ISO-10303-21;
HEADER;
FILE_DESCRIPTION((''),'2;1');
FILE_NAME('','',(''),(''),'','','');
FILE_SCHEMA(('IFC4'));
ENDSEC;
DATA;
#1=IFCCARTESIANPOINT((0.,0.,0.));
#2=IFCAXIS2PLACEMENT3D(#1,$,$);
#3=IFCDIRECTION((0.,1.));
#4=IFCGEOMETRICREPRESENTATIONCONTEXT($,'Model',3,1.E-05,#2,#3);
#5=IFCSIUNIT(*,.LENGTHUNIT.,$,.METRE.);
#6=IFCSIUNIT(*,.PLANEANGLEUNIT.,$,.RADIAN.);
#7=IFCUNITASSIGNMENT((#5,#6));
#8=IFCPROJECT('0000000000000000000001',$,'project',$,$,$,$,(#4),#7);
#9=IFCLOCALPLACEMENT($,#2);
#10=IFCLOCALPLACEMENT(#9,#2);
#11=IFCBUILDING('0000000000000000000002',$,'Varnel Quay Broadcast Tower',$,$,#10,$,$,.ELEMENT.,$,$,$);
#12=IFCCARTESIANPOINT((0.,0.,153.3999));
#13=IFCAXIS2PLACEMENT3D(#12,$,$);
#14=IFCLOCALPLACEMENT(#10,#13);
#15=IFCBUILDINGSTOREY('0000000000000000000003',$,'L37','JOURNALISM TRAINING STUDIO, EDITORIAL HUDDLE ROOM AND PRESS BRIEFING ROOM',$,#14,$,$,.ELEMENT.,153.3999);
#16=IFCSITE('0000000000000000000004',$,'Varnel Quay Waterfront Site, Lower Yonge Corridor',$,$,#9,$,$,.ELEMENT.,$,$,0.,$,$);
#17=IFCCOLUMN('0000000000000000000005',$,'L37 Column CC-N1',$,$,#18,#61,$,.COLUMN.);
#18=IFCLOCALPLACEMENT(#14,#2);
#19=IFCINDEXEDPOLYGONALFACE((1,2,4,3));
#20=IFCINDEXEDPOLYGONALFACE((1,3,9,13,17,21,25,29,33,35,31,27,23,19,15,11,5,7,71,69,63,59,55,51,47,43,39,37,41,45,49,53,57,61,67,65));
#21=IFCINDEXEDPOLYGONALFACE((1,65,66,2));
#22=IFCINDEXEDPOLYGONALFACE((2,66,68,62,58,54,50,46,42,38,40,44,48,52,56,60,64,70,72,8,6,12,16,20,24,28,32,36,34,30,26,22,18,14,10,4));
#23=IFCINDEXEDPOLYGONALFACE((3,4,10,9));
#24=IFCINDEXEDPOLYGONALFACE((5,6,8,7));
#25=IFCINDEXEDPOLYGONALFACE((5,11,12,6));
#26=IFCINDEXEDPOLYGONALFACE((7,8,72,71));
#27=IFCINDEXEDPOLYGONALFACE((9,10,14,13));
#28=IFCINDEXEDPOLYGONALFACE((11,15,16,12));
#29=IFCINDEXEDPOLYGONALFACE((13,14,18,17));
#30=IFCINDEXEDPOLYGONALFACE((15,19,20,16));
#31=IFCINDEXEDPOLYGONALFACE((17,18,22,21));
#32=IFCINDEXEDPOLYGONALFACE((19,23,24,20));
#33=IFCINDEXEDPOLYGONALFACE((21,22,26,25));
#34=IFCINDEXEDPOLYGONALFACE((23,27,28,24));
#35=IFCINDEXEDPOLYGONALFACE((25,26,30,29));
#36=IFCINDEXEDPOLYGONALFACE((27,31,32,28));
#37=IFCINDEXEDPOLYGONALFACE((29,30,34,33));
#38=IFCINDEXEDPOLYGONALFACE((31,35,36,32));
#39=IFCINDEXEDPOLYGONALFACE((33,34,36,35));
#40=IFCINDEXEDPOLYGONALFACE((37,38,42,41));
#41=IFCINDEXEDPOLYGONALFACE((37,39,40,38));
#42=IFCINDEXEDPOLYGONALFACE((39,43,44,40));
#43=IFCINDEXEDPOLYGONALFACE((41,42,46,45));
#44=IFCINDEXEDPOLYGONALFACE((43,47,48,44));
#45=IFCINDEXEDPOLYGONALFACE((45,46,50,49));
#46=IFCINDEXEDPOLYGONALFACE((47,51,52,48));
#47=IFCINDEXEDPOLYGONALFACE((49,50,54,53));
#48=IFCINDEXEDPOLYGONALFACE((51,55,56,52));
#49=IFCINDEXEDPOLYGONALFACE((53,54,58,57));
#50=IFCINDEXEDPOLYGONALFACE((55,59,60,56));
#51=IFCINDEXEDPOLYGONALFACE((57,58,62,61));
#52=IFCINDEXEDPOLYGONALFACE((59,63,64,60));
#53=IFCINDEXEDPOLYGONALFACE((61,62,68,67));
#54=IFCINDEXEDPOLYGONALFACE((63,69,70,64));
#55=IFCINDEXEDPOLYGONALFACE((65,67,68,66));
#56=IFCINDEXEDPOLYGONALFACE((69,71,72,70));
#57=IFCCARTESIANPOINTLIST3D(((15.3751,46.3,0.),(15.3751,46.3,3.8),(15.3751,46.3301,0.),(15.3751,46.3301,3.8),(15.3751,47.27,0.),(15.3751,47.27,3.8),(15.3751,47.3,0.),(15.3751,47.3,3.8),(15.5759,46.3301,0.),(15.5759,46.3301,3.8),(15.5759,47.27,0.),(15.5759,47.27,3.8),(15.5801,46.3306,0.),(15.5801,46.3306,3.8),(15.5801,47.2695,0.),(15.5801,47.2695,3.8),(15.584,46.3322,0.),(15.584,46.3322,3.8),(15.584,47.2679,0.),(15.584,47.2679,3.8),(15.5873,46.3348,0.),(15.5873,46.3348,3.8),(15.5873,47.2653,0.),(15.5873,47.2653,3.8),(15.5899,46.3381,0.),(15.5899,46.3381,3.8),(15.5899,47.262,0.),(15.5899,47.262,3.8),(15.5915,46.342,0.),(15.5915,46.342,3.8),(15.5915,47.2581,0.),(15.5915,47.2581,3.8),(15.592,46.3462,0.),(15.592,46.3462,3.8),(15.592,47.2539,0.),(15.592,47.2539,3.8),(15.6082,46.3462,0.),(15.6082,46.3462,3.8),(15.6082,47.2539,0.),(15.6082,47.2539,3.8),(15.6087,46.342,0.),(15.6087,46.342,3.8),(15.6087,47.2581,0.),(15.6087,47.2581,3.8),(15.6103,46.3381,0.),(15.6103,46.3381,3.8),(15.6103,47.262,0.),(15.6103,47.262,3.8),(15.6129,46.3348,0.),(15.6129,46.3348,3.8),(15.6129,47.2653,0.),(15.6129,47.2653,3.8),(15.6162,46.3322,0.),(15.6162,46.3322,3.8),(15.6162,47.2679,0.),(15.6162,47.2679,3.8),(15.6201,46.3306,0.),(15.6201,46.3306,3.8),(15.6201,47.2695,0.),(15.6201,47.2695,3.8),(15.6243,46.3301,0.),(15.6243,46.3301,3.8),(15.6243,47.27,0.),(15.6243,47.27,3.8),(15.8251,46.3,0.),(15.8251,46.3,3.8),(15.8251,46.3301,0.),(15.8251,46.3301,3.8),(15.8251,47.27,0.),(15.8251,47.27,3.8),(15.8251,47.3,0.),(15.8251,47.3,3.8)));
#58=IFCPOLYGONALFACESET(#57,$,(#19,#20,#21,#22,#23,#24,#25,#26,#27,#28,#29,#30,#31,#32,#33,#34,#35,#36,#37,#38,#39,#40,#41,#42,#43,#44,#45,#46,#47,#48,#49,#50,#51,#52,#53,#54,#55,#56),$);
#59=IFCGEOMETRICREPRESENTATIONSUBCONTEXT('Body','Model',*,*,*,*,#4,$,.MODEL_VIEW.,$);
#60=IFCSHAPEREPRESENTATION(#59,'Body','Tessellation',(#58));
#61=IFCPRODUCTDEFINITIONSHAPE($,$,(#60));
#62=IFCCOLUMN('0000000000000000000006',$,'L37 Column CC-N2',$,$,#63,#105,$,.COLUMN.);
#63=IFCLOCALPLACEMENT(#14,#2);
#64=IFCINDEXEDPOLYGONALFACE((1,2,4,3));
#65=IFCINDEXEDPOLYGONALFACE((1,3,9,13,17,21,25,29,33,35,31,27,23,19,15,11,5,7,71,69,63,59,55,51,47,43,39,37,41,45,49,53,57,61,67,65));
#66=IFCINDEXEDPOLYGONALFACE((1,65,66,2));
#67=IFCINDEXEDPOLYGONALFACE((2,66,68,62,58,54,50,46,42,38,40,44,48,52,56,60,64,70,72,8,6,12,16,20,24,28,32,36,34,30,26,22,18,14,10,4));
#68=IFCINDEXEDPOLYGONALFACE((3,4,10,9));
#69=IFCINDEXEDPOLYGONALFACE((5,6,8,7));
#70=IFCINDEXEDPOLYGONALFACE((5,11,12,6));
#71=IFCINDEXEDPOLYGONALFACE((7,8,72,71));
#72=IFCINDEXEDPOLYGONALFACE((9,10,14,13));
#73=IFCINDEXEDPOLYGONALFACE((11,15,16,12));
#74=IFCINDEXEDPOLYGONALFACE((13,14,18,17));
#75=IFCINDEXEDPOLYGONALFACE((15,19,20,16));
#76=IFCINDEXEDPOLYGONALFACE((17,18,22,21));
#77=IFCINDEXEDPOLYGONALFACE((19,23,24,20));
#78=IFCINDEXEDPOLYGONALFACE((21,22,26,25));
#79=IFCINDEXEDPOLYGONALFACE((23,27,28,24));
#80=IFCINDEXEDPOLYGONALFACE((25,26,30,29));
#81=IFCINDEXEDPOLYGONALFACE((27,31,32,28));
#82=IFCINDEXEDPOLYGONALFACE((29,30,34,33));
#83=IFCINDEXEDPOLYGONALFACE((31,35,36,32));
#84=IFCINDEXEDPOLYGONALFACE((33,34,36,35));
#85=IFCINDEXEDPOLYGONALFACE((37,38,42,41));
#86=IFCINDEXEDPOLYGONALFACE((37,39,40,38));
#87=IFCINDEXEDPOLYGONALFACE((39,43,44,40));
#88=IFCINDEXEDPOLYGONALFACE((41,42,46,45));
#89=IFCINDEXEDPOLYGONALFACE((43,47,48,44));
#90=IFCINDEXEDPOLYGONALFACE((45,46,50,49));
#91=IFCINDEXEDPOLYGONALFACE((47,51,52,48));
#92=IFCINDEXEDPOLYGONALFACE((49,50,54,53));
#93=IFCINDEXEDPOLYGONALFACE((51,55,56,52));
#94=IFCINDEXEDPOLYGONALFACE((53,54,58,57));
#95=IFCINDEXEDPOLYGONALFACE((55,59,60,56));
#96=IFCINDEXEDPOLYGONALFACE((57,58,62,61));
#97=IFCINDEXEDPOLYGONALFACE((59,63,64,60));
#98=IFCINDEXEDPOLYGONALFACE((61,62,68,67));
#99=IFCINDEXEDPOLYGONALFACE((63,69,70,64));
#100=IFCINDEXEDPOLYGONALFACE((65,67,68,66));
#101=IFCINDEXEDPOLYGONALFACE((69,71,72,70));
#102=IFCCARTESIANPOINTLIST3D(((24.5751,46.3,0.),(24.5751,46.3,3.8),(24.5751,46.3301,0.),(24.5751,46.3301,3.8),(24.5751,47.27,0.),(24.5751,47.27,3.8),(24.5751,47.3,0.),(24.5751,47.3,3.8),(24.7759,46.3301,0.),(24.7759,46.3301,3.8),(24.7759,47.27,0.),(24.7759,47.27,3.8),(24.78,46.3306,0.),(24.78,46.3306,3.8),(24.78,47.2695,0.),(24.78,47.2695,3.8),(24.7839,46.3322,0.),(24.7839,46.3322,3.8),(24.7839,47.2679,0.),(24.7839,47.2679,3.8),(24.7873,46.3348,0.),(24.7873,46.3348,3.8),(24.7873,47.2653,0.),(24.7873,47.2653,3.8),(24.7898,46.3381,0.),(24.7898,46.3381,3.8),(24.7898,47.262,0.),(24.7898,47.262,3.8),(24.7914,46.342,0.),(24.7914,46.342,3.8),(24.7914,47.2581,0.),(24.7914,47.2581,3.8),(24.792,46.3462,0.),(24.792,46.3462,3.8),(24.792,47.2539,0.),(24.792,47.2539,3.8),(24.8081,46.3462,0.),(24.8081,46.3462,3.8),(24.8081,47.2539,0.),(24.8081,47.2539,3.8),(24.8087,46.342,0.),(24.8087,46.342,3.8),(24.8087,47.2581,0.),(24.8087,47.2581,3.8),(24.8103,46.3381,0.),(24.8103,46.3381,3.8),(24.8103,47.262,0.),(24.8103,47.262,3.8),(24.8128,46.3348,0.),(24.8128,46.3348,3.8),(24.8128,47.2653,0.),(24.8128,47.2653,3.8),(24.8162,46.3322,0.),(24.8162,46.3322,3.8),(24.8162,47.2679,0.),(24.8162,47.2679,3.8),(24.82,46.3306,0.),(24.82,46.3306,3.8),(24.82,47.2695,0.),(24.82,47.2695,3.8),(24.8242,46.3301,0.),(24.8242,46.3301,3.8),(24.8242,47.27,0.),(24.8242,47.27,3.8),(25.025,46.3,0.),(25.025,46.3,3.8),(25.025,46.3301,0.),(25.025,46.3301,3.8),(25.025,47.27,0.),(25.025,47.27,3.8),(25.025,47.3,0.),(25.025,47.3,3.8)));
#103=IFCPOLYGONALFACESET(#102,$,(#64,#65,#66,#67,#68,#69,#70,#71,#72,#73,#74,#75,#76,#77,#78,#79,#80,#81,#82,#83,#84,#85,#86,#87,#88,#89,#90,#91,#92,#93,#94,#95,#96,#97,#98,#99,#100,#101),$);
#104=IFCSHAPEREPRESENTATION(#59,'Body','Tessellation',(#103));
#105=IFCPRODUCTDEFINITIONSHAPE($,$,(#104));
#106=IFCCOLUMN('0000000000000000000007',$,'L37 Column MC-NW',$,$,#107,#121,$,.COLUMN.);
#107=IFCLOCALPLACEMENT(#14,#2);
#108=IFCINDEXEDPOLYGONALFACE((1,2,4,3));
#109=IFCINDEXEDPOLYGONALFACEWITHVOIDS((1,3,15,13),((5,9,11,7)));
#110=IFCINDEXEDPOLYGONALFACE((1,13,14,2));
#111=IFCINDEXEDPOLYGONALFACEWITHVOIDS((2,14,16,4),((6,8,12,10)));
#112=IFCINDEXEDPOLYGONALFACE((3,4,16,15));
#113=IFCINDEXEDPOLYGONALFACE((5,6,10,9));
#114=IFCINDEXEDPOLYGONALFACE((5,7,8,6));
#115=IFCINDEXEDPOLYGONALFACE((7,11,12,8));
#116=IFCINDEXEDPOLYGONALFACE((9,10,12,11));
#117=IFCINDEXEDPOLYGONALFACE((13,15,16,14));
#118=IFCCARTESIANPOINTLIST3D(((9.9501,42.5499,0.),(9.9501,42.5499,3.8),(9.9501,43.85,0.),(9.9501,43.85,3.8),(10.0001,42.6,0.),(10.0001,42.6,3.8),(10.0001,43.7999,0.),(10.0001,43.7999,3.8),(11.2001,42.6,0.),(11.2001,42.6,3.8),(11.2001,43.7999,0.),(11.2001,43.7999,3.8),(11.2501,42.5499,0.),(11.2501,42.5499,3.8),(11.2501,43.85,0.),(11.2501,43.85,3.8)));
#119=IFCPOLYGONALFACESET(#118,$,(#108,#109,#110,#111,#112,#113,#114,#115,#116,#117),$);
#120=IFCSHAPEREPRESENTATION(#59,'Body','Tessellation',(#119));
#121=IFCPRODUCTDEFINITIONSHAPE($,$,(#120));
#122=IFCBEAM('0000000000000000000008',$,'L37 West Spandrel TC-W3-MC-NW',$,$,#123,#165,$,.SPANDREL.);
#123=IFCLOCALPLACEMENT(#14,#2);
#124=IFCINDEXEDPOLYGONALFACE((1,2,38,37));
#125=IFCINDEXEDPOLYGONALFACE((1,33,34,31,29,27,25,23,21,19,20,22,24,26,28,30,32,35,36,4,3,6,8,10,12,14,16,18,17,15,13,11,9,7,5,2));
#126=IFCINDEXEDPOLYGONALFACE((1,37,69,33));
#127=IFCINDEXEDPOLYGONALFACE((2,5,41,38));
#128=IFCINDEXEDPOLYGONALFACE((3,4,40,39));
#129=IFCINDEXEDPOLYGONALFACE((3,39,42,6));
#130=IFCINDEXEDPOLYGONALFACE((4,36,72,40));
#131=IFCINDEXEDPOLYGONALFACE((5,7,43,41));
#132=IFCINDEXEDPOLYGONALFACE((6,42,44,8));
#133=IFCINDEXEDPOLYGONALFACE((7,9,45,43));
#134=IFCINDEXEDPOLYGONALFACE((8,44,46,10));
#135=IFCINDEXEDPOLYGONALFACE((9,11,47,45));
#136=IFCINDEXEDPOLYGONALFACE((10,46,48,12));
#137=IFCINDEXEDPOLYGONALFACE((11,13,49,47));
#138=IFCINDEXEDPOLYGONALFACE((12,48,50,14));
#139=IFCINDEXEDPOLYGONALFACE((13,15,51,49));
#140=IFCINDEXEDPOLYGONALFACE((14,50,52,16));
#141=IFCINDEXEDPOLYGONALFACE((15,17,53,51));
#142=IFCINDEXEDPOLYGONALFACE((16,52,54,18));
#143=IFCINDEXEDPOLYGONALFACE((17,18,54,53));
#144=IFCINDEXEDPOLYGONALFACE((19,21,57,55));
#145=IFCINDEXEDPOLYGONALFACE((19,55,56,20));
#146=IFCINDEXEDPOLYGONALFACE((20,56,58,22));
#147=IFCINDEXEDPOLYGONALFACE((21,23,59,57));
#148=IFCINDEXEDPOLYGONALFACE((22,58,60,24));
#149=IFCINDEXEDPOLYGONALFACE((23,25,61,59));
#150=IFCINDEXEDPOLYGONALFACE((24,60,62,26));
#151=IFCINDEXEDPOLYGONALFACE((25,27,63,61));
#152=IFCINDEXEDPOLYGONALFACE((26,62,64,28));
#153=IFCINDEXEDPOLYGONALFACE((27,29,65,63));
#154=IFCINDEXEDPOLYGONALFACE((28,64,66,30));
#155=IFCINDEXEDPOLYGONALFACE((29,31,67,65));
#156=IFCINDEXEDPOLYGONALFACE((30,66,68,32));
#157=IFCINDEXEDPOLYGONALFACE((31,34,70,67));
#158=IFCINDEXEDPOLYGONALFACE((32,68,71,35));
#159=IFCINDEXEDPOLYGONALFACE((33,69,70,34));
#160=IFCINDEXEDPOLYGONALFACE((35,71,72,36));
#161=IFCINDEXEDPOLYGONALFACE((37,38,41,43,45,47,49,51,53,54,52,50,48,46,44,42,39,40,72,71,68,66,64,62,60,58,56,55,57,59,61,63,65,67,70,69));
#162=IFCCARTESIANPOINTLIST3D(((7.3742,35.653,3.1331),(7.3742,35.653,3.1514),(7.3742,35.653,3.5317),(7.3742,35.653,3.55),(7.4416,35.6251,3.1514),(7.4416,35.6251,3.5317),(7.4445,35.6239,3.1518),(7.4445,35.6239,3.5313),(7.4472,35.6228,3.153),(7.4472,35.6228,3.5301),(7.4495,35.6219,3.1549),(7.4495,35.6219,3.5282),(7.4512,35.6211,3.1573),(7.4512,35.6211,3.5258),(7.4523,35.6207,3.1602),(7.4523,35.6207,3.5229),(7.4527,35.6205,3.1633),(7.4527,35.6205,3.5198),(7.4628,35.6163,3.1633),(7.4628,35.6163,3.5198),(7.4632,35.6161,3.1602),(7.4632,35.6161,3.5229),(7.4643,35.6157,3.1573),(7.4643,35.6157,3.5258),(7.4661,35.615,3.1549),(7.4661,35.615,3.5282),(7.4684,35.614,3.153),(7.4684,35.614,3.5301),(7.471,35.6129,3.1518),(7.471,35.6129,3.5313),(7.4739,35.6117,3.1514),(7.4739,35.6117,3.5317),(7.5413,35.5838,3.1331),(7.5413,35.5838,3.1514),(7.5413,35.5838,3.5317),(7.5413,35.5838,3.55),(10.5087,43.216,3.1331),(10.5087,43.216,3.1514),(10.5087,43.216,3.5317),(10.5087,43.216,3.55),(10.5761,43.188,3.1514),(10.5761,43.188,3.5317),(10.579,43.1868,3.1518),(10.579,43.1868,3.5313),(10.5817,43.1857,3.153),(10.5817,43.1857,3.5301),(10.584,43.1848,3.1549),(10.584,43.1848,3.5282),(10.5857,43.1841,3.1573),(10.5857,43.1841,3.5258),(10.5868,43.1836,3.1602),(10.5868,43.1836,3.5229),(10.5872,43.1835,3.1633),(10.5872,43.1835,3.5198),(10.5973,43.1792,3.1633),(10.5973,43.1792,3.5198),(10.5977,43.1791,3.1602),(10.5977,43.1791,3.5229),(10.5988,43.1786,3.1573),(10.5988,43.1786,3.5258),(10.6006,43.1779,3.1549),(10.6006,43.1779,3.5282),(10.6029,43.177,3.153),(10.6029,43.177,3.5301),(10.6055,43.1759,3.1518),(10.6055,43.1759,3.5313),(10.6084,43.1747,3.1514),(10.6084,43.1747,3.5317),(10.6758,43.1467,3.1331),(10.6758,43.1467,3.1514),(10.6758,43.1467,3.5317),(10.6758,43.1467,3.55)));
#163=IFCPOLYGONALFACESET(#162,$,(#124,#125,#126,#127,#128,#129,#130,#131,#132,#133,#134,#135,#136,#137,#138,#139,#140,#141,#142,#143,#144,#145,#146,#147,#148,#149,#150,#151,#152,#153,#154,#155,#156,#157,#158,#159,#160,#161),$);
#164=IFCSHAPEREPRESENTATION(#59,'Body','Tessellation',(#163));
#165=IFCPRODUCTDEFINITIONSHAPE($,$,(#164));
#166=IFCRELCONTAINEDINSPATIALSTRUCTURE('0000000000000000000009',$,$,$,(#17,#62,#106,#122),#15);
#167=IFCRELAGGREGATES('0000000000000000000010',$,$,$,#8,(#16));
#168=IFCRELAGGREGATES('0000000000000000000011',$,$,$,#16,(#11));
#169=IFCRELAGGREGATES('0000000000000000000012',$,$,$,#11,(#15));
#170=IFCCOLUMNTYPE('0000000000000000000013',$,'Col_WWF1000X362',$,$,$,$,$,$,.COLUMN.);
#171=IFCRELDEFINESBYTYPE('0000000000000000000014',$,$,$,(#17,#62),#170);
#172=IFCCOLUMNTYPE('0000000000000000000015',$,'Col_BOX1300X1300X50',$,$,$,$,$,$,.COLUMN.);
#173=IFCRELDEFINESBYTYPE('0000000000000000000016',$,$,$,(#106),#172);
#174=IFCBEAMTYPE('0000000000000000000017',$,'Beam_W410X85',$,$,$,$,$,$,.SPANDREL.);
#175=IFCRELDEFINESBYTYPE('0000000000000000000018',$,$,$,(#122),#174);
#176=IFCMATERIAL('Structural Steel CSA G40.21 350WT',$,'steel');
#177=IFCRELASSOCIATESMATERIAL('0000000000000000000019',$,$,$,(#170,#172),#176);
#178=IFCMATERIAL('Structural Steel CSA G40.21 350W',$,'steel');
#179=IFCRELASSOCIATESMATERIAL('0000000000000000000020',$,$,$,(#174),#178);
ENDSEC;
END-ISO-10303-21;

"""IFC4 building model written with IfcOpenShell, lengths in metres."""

from ifc_helpers import new_model, si_unit, direction, frame, origin, origin_2d, place, context, subcontext, project, spatial, hollow_rectangle, i_section, extrude, source, transform, mapped, material, material_profile, profile_set, type_object, type_shapes, element, save


model = new_model("IFC4")

# Units and contexts
model_context = context("Model", 3, precision=1e-05, world=origin(), true_north=direction((0.0, 1.0)))
body_context = subcontext(model_context, "Body", "Model", "MODEL_VIEW")
ifc_project = project(units=[si_unit("LENGTHUNIT", "METRE"), si_unit("PLANEANGLEUNIT", "RADIAN")], contexts=[model_context])

# Site, building, storey
site_placement = place(None, origin())
site = spatial("IfcSite", under=ifc_project, at=site_placement, Name="Varnel Quay Waterfront Site, Lower Yonge Corridor", CompositionType="ELEMENT", RefElevation=0.0)
building_placement = place(site_placement, origin())
building = spatial("IfcBuilding", under=site, at=building_placement, Name="Varnel Quay Broadcast Tower", CompositionType="ELEMENT")
storey_placement = place(building_placement, frame((0.0, 0.0, 153.3999)))
storey = spatial("IfcBuildingStorey", under=building, at=storey_placement, Name="L37", Description="JOURNALISM TRAINING STUDIO, EDITORIAL HUDDLE ROOM AND PRESS BRIEFING ROOM", CompositionType="ELEMENT", Elevation=153.3999)

# Columns
ifc_material_1 = material(Name="Structural Steel CSA G40.21 350WT", Category="steel")
ifc_material_profile_1 = material_profile(ifc_material_1, i_section(OverallWidth=0.45, OverallDepth=1.0, WebThickness=0.0161, FlangeThickness=0.03, FilletRadius=0.0161, at=origin_2d()), Name="WWF1000X362")
ifc_profile_set_1 = profile_set([ifc_material_profile_1], Name="Structural Steel CSA G40.21 350WT")
column_type_1 = type_object("IfcColumnType", Name="Col_WWF1000X362", PredefinedType="COLUMN", material=ifc_profile_set_1)
shared_shape_1 = source(origin(), body_context, "Body", "SweptSolid", [
    extrude(i_section(OverallWidth=0.45, OverallDepth=1.0, WebThickness=0.0161, FlangeThickness=0.03, FilletRadius=0.0161, at=origin_2d()), origin(), (0.0, 0.0, 1.0), 3.8),
])
type_shapes(column_type_1, [shared_shape_1])
for number, where, z_axis, x_axis, name in (
    (1, (15.6001, 46.8, 0.0), (0.0, 0.0, 1.0), (1.0, 0.0, 0.0), "L37 Column CC-N1"),
    (2, (24.8, 46.8, 0.0), (0.0, 0.0, 1.0), (1.0, 0.0, 0.0), "L37 Column CC-N2"),
):
    element("IfcColumn", number, at=place(storey_placement, frame(where, z_axis=z_axis, x_axis=x_axis)), inside=storey, type_object=column_type_1, Name=name, PredefinedType="COLUMN", context=body_context, shape_type="MappedRepresentation", body=[
        mapped(shared_shape_1, transform((0.0, 0.0, 0.0), x_axis=(1.0, 0.0, 0.0), y_axis=(0.0, 1.0, 0.0), z_axis=(0.0, 0.0, 1.0), scale=1.0)),
    ])
ifc_material_profile_2 = material_profile(ifc_material_1, hollow_rectangle(XDim=1.3, YDim=1.3, WallThickness=0.05, at=origin_2d()), Name="BOX1300X1300X50")
ifc_profile_set_2 = profile_set([ifc_material_profile_2], Name="Structural Steel CSA G40.21 350WT")
column_type_2 = type_object("IfcColumnType", Name="Col_BOX1300X1300X50", PredefinedType="COLUMN", material=ifc_profile_set_2)
shared_shape_2 = source(origin(), body_context, "Body", "SweptSolid", [
    extrude(hollow_rectangle(XDim=1.3, YDim=1.3, WallThickness=0.05, at=origin_2d()), origin(), (0.0, 0.0, 1.0), 3.8),
])
type_shapes(column_type_2, [shared_shape_2])
column_placement = place(storey_placement, frame((10.6001, 43.2, 0.0), z_axis=(0.0, 0.0, 1.0), x_axis=(1.0, 0.0, 0.0)))
element("IfcColumn", 3, at=column_placement, inside=storey, type_object=column_type_2, Name="L37 Column MC-NW", PredefinedType="COLUMN", context=body_context, shape_type="MappedRepresentation", body=[
    mapped(shared_shape_2, transform((0.0, 0.0, 0.0), x_axis=(1.0, 0.0, 0.0), y_axis=(0.0, 1.0, 0.0), z_axis=(0.0, 0.0, 1.0), scale=1.0)),
])

# Beam
ifc_material_2 = material(Name="Structural Steel CSA G40.21 350W", Category="steel")
ifc_material_profile_3 = material_profile(ifc_material_2, i_section(OverallWidth=0.1809, OverallDepth=0.417, WebThickness=0.011, FlangeThickness=0.0183, FilletRadius=0.012, at=origin_2d()), Name="W410X85")
ifc_profile_set_3 = profile_set([ifc_material_profile_3], Name="Structural Steel CSA G40.21 350W")
beam_type = type_object("IfcBeamType", Name="Beam_W410X85", PredefinedType="SPANDREL", material=ifc_profile_set_3)
shared_shape_3 = source(origin(), body_context, "Body", "SweptSolid", [
    extrude(i_section(OverallWidth=0.1809, OverallDepth=0.417, WebThickness=0.011, FlangeThickness=0.0183, FilletRadius=0.012, at=origin_2d()), origin(), (0.0, 0.0, 1.0), 8.1868),
])
beam_1_placement = place(storey_placement, frame((7.4578, 35.6184, 3.3416), z_axis=(0.382874, 0.923801, 0.0), x_axis=(-0.923801, 0.382874, 0.0)))
element("IfcBeam", 4, at=beam_1_placement, inside=storey, type_object=beam_type, Name="L37 West Spandrel TC-W3-MC-NW", PredefinedType="SPANDREL", context=body_context, shape_type="MappedRepresentation", body=[
    mapped(shared_shape_3, transform((0.0, 0.0, 0.0), x_axis=(1.0, 0.0, 0.0), y_axis=(0.0, 1.0, 0.0), z_axis=(0.0, 0.0, 1.0), scale=1.0)),
])

save(model, "model.ifc")
